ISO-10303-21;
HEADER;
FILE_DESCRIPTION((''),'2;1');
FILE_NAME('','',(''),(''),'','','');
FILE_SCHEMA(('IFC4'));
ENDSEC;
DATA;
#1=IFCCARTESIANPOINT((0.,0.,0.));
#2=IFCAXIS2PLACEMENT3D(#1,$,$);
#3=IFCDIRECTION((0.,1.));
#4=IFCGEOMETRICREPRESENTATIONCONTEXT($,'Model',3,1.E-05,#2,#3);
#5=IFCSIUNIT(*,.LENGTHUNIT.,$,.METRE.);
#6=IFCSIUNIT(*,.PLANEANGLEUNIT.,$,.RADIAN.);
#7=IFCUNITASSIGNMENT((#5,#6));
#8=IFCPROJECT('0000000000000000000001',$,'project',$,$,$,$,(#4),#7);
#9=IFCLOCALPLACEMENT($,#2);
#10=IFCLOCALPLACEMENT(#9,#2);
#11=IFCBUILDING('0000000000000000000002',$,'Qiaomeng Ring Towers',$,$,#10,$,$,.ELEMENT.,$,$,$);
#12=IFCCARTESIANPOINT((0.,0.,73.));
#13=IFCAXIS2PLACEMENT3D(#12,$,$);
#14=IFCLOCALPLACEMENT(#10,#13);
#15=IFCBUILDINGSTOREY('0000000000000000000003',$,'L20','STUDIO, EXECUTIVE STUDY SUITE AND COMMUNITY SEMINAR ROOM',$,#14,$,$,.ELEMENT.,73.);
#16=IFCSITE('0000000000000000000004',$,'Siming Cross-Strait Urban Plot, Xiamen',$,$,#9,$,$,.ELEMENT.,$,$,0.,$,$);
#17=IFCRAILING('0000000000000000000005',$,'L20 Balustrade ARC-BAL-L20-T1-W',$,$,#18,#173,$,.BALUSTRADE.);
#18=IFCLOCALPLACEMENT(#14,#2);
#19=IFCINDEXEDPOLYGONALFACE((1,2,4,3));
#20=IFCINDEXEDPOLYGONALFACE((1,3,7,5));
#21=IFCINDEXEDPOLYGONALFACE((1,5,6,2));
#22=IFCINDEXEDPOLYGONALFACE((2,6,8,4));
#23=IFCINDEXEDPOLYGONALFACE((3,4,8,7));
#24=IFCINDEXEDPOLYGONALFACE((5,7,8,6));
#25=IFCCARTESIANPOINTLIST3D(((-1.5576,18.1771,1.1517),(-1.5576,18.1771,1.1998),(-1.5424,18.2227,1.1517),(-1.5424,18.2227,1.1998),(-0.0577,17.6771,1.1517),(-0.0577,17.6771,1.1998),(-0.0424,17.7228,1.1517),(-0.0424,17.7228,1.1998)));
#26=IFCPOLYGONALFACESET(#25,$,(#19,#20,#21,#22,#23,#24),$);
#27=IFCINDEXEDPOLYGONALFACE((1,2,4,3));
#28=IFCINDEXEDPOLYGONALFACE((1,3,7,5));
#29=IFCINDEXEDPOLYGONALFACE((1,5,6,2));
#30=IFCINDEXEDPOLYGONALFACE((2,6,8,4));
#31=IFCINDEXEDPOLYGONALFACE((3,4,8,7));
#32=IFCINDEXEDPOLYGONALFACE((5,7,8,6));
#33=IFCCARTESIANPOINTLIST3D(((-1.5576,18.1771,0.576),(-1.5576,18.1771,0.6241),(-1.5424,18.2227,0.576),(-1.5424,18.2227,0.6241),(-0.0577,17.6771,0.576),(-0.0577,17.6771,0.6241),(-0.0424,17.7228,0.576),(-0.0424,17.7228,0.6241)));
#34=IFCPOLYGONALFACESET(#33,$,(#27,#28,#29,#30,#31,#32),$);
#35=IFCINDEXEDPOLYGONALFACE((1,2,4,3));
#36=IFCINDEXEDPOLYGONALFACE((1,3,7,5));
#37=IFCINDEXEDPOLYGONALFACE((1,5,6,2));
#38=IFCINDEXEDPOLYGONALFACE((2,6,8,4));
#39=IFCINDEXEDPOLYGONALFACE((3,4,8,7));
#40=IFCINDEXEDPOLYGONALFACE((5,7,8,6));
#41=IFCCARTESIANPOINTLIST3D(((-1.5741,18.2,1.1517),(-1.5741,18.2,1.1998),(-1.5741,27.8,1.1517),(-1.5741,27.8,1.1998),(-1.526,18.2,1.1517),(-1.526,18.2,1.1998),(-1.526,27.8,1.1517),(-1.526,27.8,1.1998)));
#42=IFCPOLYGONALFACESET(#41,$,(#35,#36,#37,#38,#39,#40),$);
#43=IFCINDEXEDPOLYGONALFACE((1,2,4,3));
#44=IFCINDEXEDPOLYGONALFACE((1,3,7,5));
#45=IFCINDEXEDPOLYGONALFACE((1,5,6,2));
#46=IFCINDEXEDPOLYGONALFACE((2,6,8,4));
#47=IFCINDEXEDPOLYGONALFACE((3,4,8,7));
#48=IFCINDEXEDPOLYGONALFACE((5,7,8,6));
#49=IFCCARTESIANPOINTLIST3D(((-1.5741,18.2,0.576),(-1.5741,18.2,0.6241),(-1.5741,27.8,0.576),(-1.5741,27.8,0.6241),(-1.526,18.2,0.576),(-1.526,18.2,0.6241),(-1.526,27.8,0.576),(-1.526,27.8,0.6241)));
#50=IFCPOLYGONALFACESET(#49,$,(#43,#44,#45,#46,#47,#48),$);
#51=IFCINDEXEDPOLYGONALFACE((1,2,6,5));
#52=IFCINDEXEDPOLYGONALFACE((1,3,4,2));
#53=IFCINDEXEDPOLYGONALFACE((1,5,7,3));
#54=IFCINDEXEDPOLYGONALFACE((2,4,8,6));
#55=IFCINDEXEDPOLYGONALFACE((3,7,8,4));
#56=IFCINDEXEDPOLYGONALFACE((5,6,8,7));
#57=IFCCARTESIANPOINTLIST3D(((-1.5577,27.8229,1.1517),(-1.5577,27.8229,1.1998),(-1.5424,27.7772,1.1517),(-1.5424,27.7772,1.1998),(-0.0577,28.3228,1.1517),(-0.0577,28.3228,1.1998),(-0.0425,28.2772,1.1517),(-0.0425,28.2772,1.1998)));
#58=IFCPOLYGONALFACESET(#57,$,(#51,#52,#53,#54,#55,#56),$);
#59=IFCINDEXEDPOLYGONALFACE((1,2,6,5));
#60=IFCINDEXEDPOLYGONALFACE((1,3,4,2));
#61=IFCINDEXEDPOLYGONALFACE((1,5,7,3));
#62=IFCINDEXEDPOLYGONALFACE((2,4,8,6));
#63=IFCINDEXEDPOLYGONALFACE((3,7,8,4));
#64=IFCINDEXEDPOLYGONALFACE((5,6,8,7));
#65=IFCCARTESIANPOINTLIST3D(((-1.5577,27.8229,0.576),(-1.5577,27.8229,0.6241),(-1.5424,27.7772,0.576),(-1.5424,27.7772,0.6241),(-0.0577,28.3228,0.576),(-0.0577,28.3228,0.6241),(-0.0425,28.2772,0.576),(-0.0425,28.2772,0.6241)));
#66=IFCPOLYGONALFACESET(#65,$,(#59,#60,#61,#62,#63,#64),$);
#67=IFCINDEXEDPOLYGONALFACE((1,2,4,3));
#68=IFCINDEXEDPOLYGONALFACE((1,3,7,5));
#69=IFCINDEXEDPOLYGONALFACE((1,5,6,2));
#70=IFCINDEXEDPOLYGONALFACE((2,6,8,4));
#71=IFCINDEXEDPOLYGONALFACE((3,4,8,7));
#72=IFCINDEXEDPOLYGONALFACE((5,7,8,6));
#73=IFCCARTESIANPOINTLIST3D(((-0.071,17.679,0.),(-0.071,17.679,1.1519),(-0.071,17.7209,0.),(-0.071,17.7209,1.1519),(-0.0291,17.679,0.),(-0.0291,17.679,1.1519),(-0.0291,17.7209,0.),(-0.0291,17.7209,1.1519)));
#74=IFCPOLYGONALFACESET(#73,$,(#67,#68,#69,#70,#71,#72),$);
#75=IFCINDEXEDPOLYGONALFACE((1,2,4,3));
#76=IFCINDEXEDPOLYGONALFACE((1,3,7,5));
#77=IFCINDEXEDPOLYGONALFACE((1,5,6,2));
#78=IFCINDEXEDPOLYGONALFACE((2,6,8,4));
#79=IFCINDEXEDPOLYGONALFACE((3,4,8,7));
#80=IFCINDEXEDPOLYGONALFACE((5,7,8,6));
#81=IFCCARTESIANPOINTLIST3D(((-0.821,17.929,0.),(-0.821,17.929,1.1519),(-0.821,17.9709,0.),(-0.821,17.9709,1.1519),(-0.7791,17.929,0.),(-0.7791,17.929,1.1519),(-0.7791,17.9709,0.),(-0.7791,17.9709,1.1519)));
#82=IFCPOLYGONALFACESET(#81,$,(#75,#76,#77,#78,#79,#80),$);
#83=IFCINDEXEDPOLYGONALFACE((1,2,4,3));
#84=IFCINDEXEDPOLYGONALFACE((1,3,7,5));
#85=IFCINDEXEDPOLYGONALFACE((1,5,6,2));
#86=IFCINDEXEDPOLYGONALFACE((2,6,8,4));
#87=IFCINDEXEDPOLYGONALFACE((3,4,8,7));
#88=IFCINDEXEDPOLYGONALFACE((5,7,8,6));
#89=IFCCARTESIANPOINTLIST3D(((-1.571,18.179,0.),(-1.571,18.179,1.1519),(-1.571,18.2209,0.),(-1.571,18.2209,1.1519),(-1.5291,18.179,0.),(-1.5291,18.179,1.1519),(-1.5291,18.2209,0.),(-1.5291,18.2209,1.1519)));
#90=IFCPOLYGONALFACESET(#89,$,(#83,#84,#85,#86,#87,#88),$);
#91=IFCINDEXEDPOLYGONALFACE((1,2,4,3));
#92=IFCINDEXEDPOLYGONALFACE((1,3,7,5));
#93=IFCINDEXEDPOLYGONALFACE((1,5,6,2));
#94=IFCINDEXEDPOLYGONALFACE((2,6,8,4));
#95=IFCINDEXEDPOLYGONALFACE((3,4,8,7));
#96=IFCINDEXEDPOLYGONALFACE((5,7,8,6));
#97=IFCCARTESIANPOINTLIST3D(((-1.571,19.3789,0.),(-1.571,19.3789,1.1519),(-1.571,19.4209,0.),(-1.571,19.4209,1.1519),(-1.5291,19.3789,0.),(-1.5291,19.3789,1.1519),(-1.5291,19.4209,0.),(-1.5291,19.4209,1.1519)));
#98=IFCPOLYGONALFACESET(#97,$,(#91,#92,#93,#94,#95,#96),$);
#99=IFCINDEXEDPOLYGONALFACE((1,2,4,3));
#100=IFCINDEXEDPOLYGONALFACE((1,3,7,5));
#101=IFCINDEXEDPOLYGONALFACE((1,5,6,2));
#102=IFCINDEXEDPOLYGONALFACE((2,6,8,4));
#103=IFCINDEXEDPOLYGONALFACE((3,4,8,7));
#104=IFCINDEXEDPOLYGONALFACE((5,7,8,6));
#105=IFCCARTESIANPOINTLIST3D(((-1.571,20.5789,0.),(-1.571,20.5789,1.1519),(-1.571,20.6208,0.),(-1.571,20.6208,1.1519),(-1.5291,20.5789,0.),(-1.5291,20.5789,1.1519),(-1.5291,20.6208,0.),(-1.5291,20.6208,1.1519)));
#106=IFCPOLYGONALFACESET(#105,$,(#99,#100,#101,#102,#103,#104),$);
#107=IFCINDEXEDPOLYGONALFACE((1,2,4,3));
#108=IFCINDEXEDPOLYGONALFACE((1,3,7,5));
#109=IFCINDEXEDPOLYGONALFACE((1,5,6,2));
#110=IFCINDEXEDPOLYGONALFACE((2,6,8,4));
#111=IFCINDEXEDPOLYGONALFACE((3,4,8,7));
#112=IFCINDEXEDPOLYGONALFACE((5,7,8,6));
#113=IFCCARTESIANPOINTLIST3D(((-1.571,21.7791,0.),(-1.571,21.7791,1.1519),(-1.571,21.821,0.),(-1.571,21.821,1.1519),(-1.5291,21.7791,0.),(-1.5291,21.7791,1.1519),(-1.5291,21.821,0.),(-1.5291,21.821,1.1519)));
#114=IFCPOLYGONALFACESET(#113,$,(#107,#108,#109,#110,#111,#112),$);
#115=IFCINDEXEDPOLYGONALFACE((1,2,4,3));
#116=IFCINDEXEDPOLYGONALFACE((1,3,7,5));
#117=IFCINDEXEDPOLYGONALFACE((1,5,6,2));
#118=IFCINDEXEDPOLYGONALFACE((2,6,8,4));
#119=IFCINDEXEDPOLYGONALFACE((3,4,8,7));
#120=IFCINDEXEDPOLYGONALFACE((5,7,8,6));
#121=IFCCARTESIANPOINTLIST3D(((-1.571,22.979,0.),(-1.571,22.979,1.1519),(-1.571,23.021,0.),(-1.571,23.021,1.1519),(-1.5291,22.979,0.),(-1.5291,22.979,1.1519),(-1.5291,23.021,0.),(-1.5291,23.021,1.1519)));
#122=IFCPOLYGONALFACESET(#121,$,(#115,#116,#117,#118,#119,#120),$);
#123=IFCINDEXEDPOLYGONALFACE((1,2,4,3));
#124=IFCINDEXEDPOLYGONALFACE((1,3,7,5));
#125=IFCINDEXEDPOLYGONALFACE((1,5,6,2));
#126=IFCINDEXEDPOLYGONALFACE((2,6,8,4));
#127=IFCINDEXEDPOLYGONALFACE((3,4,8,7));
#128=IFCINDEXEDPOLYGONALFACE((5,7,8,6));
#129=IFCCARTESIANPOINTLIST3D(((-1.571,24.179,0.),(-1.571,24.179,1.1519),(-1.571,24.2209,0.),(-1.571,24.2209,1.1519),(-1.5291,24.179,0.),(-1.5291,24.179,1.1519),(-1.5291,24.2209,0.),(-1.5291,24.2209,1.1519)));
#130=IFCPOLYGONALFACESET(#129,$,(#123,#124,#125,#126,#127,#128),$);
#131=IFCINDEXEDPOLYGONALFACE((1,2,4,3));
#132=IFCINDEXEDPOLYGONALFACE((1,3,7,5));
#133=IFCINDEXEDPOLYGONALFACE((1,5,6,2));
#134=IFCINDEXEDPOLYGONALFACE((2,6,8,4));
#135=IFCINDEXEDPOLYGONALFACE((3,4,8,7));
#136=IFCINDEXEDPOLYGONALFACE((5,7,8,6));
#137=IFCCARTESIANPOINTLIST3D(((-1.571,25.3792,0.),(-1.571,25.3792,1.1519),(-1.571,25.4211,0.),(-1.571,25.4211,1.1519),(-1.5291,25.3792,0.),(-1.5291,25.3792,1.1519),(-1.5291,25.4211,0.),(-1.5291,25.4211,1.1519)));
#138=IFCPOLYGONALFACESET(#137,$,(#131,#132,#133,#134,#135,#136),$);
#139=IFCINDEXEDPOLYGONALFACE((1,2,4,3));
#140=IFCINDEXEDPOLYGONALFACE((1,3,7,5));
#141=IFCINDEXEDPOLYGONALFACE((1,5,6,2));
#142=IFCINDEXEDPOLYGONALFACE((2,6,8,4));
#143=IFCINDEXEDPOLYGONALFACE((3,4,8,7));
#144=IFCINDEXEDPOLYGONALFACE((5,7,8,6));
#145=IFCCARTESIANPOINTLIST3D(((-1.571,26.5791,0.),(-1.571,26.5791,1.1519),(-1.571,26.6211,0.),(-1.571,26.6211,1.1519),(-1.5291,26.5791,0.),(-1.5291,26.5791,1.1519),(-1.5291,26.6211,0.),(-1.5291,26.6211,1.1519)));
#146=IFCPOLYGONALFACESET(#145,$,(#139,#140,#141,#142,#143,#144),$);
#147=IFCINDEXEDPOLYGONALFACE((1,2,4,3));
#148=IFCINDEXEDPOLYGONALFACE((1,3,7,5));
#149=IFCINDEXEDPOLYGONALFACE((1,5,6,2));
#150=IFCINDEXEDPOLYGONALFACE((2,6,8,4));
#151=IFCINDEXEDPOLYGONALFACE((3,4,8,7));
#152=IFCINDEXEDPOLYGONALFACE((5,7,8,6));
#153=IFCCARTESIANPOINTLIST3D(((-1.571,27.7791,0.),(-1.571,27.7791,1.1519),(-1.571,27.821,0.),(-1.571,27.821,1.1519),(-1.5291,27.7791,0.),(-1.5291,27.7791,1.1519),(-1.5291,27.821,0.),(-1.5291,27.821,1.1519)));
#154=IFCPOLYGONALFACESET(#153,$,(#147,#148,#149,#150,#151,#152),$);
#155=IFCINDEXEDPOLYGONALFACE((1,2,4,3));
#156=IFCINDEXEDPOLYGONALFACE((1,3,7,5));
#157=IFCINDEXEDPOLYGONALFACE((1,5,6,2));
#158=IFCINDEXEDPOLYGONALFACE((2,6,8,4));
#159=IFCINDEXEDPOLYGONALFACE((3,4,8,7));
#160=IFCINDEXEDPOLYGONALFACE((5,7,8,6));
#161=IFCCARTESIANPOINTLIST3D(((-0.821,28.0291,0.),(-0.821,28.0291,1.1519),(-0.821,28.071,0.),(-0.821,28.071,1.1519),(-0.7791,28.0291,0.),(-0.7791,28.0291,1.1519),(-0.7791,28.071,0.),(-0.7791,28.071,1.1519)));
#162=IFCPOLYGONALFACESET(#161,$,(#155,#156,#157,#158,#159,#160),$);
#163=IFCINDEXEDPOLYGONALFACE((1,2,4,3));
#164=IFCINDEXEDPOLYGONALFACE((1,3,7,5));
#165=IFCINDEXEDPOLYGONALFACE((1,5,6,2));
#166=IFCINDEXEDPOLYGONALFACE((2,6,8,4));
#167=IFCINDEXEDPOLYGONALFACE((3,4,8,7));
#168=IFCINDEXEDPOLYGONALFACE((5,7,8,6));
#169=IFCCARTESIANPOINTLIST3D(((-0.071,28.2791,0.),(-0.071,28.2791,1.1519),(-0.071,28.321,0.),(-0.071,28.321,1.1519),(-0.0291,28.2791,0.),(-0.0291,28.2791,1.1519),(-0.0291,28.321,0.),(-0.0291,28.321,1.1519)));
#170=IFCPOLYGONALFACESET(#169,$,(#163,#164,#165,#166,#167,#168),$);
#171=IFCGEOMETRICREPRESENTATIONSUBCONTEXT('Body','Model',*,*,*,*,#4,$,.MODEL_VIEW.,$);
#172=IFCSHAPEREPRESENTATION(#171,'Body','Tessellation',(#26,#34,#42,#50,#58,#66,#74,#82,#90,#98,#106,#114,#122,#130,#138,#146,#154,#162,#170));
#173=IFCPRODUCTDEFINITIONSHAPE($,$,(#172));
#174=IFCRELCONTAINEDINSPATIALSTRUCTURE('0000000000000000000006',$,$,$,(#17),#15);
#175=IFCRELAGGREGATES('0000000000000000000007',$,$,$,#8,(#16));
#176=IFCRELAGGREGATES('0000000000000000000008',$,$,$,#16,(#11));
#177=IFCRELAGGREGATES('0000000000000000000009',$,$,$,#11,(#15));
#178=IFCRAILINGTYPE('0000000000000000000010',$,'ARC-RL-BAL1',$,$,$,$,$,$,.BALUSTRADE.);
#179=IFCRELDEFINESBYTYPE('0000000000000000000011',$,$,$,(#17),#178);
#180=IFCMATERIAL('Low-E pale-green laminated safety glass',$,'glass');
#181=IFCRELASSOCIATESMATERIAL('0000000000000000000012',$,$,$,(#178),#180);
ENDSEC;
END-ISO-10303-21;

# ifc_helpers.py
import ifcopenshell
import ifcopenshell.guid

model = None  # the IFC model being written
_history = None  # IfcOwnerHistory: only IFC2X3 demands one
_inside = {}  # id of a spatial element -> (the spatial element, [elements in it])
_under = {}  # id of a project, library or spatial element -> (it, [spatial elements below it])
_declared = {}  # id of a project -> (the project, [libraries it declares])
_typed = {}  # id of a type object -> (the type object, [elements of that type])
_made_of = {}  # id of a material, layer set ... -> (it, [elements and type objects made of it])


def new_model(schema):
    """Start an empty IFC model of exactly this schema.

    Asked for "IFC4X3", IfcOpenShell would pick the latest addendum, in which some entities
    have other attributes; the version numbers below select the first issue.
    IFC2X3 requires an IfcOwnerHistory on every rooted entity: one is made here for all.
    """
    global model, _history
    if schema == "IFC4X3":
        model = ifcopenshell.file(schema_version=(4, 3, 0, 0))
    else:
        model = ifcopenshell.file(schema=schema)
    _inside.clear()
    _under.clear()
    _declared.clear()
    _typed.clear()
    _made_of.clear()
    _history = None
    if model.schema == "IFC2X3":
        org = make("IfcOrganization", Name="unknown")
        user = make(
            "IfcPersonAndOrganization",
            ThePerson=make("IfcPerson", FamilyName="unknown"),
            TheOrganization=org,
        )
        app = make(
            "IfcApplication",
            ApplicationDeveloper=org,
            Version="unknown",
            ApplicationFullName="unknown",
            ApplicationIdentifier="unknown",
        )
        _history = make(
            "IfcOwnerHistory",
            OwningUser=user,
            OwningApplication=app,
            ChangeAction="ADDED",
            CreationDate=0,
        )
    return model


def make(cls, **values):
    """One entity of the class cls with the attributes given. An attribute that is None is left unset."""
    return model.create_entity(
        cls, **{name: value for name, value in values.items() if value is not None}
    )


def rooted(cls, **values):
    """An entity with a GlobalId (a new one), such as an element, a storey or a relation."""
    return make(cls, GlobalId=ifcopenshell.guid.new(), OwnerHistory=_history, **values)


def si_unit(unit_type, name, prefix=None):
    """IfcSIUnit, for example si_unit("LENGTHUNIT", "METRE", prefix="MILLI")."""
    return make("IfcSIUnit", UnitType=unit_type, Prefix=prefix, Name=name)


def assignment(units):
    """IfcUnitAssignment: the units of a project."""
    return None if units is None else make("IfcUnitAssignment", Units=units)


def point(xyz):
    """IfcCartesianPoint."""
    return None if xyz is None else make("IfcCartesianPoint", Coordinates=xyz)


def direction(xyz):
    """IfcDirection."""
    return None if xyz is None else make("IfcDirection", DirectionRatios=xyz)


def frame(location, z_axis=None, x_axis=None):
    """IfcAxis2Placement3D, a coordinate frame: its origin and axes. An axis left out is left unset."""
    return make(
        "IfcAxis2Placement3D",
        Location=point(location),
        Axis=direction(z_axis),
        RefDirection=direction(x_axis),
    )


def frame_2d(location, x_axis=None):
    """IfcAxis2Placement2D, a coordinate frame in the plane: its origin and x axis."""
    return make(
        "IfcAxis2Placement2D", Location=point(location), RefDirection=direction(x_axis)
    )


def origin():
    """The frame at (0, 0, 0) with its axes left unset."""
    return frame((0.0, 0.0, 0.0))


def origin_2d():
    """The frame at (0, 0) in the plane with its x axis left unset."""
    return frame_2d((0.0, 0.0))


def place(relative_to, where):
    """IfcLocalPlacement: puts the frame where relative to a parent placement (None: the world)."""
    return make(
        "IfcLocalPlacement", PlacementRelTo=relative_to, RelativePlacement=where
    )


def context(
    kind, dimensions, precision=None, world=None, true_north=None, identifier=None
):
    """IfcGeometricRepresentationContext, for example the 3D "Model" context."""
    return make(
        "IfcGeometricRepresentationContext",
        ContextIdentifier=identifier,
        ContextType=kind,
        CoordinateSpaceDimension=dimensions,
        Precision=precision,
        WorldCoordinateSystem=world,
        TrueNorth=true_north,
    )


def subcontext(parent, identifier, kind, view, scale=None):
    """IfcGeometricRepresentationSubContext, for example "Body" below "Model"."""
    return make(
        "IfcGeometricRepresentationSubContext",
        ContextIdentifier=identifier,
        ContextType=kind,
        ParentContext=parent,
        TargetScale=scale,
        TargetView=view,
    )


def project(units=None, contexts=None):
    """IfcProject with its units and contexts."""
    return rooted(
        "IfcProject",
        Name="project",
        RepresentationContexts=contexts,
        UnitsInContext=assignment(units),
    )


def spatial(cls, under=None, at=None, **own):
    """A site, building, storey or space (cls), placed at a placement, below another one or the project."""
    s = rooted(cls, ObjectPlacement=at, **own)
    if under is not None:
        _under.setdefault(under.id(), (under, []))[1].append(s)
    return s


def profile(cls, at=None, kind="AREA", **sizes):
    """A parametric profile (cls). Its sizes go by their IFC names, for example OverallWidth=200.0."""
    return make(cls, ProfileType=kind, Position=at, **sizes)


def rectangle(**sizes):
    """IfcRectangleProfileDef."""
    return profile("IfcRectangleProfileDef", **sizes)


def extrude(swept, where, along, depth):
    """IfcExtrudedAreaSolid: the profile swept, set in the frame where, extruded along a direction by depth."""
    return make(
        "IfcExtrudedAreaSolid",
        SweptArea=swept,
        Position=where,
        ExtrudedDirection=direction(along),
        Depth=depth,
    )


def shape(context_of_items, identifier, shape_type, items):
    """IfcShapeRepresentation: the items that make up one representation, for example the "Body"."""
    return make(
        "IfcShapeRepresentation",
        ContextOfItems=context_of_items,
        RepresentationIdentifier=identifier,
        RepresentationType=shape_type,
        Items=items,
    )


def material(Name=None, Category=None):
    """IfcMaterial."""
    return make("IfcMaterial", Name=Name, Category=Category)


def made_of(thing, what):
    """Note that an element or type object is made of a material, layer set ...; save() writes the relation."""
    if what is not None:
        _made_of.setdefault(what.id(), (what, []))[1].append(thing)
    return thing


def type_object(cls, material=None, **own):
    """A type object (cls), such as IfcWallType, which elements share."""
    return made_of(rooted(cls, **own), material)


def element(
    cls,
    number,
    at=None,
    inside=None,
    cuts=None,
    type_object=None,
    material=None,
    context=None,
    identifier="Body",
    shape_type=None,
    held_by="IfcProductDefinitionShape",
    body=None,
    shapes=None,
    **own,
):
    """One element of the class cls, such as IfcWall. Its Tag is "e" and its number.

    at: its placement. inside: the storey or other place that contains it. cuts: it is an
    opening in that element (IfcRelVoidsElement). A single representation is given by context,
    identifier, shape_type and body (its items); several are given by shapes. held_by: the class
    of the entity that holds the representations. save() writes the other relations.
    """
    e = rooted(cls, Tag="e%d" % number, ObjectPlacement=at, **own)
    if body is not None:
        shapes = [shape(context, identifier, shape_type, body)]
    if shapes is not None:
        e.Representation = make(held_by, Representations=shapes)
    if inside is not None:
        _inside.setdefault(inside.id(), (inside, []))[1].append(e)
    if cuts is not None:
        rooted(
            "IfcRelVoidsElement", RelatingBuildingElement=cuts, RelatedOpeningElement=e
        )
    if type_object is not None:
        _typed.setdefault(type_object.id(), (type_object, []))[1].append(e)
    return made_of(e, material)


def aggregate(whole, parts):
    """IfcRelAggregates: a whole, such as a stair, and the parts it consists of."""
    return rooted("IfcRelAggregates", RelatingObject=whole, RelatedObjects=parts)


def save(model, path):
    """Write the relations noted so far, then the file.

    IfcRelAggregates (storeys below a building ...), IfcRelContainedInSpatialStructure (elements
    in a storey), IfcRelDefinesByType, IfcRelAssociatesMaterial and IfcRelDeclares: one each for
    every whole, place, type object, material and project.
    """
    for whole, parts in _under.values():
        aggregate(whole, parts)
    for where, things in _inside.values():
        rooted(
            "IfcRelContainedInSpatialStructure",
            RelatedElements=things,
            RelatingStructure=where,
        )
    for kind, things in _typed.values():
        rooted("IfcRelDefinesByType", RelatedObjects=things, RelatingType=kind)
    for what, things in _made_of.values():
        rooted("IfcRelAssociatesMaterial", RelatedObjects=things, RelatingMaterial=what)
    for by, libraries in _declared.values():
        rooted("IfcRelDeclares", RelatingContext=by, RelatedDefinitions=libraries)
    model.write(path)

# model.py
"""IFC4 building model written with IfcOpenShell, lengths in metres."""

from ifc_helpers import new_model, si_unit, direction, frame, origin, origin_2d, place, context, subcontext, project, spatial, rectangle, extrude, material, type_object, element, save


model = new_model("IFC4")

# Units and contexts
model_context = context("Model", 3, precision=1e-05, world=origin(), true_north=direction((0.0, 1.0)))
body_context = subcontext(model_context, "Body", "Model", "MODEL_VIEW")
ifc_project = project(units=[si_unit("LENGTHUNIT", "METRE"), si_unit("PLANEANGLEUNIT", "RADIAN")], contexts=[model_context])

# Site, building, storey
site_placement = place(None, origin())
site = spatial("IfcSite", under=ifc_project, at=site_placement, Name="Siming Cross-Strait Urban Plot, Xiamen", CompositionType="ELEMENT", RefElevation=0.0)
building_placement = place(site_placement, origin())
building = spatial("IfcBuilding", under=site, at=building_placement, Name="Qiaomeng Ring Towers", CompositionType="ELEMENT")
storey_placement = place(building_placement, frame((0.0, 0.0, 73.0)))
storey = spatial("IfcBuildingStorey", under=building, at=storey_placement, Name="L20", Description="STUDIO, EXECUTIVE STUDY SUITE AND COMMUNITY SEMINAR ROOM", CompositionType="ELEMENT", Elevation=73.0)

# Railing
ifc_material_1 = material(Name="Low-E pale-green laminated safety glass", Category="glass")
railing_type = type_object("IfcRailingType", Name="ARC-RL-BAL1", PredefinedType="BALUSTRADE", material=ifc_material_1)
railing_1_placement = place(storey_placement, frame((-0.05, 17.7, 0.0)))
element("IfcRailing", 1, at=railing_1_placement, inside=storey, type_object=railing_type, Name="L20 Balustrade ARC-BAL-L20-T1-W", PredefinedType="BALUSTRADE", context=body_context, shape_type="SweptSolid", body=[
    extrude(rectangle(XDim=0.0481, YDim=0.0481, at=origin_2d()), frame((0.0, 0.0, 1.1758), z_axis=(-0.948683, 0.316228, 0.0), x_axis=(-0.316228, -0.948683, 0.0)), (0.0, 0.0, 1.0), 1.5811),
    extrude(rectangle(XDim=0.0481, YDim=0.0481, at=origin_2d()), frame((0.0, 0.0, 0.6001), z_axis=(-0.948683, 0.316228, 0.0), x_axis=(-0.316228, -0.948683, 0.0)), (0.0, 0.0, 1.0), 1.5811),
    extrude(rectangle(XDim=0.0481, YDim=0.0481, at=origin_2d()), frame((-1.5, 0.5, 1.1758), z_axis=(0.0, 1.0, 0.0), x_axis=(-1.0, 0.0, 0.0)), (0.0, 0.0, 1.0), 9.6001),
    extrude(rectangle(XDim=0.0481, YDim=0.0481, at=origin_2d()), frame((-1.5, 0.5, 0.6001), z_axis=(0.0, 1.0, 0.0), x_axis=(-1.0, 0.0, 0.0)), (0.0, 0.0, 1.0), 9.6001),
    extrude(rectangle(XDim=0.0481, YDim=0.0481, at=origin_2d()), frame((-1.5, 10.1001, 1.1758), z_axis=(0.948683, 0.316228, 0.0), x_axis=(-0.316228, 0.948683, 0.0)), (0.0, 0.0, 1.0), 1.5811),
    extrude(rectangle(XDim=0.0481, YDim=0.0481, at=origin_2d()), frame((-1.5, 10.1001, 0.6001), z_axis=(0.948683, 0.316228, 0.0), x_axis=(-0.316228, 0.948683, 0.0)), (0.0, 0.0, 1.0), 1.5811),
    extrude(rectangle(XDim=0.042, YDim=0.042, at=origin_2d()), origin(), (0.0, 0.0, 1.0), 1.1519),
    extrude(rectangle(XDim=0.042, YDim=0.042, at=origin_2d()), frame((-0.75, 0.25, 0.0)), (0.0, 0.0, 1.0), 1.1519),
    extrude(rectangle(XDim=0.042, YDim=0.042, at=origin_2d()), frame((-1.5, 0.5, 0.0)), (0.0, 0.0, 1.0), 1.1519),
    extrude(rectangle(XDim=0.042, YDim=0.042, at=origin_2d()), frame((-1.5, 1.7, 0.0)), (0.0, 0.0, 1.0), 1.1519),
    extrude(rectangle(XDim=0.042, YDim=0.042, at=origin_2d()), frame((-1.5, 2.8999, 0.0)), (0.0, 0.0, 1.0), 1.1519),
    extrude(rectangle(XDim=0.042, YDim=0.042, at=origin_2d()), frame((-1.5, 4.1001, 0.0)), (0.0, 0.0, 1.0), 1.1519),
    extrude(rectangle(XDim=0.042, YDim=0.042, at=origin_2d()), frame((-1.5, 5.3, 0.0)), (0.0, 0.0, 1.0), 1.1519),
    extrude(rectangle(XDim=0.042, YDim=0.042, at=origin_2d()), frame((-1.5, 6.5, 0.0)), (0.0, 0.0, 1.0), 1.1519),
    extrude(rectangle(XDim=0.042, YDim=0.042, at=origin_2d()), frame((-1.5, 7.7002, 0.0)), (0.0, 0.0, 1.0), 1.1519),
    extrude(rectangle(XDim=0.042, YDim=0.042, at=origin_2d()), frame((-1.5, 8.9001, 0.0)), (0.0, 0.0, 1.0), 1.1519),
    extrude(rectangle(XDim=0.042, YDim=0.042, at=origin_2d()), frame((-1.5, 10.1001, 0.0)), (0.0, 0.0, 1.0), 1.1519),
    extrude(rectangle(XDim=0.042, YDim=0.042, at=origin_2d()), frame((-0.75, 10.3501, 0.0)), (0.0, 0.0, 1.0), 1.1519),
    extrude(rectangle(XDim=0.042, YDim=0.042, at=origin_2d()), frame((0.0, 10.6001, 0.0)), (0.0, 0.0, 1.0), 1.1519),
])

save(model, "model.ifc")
